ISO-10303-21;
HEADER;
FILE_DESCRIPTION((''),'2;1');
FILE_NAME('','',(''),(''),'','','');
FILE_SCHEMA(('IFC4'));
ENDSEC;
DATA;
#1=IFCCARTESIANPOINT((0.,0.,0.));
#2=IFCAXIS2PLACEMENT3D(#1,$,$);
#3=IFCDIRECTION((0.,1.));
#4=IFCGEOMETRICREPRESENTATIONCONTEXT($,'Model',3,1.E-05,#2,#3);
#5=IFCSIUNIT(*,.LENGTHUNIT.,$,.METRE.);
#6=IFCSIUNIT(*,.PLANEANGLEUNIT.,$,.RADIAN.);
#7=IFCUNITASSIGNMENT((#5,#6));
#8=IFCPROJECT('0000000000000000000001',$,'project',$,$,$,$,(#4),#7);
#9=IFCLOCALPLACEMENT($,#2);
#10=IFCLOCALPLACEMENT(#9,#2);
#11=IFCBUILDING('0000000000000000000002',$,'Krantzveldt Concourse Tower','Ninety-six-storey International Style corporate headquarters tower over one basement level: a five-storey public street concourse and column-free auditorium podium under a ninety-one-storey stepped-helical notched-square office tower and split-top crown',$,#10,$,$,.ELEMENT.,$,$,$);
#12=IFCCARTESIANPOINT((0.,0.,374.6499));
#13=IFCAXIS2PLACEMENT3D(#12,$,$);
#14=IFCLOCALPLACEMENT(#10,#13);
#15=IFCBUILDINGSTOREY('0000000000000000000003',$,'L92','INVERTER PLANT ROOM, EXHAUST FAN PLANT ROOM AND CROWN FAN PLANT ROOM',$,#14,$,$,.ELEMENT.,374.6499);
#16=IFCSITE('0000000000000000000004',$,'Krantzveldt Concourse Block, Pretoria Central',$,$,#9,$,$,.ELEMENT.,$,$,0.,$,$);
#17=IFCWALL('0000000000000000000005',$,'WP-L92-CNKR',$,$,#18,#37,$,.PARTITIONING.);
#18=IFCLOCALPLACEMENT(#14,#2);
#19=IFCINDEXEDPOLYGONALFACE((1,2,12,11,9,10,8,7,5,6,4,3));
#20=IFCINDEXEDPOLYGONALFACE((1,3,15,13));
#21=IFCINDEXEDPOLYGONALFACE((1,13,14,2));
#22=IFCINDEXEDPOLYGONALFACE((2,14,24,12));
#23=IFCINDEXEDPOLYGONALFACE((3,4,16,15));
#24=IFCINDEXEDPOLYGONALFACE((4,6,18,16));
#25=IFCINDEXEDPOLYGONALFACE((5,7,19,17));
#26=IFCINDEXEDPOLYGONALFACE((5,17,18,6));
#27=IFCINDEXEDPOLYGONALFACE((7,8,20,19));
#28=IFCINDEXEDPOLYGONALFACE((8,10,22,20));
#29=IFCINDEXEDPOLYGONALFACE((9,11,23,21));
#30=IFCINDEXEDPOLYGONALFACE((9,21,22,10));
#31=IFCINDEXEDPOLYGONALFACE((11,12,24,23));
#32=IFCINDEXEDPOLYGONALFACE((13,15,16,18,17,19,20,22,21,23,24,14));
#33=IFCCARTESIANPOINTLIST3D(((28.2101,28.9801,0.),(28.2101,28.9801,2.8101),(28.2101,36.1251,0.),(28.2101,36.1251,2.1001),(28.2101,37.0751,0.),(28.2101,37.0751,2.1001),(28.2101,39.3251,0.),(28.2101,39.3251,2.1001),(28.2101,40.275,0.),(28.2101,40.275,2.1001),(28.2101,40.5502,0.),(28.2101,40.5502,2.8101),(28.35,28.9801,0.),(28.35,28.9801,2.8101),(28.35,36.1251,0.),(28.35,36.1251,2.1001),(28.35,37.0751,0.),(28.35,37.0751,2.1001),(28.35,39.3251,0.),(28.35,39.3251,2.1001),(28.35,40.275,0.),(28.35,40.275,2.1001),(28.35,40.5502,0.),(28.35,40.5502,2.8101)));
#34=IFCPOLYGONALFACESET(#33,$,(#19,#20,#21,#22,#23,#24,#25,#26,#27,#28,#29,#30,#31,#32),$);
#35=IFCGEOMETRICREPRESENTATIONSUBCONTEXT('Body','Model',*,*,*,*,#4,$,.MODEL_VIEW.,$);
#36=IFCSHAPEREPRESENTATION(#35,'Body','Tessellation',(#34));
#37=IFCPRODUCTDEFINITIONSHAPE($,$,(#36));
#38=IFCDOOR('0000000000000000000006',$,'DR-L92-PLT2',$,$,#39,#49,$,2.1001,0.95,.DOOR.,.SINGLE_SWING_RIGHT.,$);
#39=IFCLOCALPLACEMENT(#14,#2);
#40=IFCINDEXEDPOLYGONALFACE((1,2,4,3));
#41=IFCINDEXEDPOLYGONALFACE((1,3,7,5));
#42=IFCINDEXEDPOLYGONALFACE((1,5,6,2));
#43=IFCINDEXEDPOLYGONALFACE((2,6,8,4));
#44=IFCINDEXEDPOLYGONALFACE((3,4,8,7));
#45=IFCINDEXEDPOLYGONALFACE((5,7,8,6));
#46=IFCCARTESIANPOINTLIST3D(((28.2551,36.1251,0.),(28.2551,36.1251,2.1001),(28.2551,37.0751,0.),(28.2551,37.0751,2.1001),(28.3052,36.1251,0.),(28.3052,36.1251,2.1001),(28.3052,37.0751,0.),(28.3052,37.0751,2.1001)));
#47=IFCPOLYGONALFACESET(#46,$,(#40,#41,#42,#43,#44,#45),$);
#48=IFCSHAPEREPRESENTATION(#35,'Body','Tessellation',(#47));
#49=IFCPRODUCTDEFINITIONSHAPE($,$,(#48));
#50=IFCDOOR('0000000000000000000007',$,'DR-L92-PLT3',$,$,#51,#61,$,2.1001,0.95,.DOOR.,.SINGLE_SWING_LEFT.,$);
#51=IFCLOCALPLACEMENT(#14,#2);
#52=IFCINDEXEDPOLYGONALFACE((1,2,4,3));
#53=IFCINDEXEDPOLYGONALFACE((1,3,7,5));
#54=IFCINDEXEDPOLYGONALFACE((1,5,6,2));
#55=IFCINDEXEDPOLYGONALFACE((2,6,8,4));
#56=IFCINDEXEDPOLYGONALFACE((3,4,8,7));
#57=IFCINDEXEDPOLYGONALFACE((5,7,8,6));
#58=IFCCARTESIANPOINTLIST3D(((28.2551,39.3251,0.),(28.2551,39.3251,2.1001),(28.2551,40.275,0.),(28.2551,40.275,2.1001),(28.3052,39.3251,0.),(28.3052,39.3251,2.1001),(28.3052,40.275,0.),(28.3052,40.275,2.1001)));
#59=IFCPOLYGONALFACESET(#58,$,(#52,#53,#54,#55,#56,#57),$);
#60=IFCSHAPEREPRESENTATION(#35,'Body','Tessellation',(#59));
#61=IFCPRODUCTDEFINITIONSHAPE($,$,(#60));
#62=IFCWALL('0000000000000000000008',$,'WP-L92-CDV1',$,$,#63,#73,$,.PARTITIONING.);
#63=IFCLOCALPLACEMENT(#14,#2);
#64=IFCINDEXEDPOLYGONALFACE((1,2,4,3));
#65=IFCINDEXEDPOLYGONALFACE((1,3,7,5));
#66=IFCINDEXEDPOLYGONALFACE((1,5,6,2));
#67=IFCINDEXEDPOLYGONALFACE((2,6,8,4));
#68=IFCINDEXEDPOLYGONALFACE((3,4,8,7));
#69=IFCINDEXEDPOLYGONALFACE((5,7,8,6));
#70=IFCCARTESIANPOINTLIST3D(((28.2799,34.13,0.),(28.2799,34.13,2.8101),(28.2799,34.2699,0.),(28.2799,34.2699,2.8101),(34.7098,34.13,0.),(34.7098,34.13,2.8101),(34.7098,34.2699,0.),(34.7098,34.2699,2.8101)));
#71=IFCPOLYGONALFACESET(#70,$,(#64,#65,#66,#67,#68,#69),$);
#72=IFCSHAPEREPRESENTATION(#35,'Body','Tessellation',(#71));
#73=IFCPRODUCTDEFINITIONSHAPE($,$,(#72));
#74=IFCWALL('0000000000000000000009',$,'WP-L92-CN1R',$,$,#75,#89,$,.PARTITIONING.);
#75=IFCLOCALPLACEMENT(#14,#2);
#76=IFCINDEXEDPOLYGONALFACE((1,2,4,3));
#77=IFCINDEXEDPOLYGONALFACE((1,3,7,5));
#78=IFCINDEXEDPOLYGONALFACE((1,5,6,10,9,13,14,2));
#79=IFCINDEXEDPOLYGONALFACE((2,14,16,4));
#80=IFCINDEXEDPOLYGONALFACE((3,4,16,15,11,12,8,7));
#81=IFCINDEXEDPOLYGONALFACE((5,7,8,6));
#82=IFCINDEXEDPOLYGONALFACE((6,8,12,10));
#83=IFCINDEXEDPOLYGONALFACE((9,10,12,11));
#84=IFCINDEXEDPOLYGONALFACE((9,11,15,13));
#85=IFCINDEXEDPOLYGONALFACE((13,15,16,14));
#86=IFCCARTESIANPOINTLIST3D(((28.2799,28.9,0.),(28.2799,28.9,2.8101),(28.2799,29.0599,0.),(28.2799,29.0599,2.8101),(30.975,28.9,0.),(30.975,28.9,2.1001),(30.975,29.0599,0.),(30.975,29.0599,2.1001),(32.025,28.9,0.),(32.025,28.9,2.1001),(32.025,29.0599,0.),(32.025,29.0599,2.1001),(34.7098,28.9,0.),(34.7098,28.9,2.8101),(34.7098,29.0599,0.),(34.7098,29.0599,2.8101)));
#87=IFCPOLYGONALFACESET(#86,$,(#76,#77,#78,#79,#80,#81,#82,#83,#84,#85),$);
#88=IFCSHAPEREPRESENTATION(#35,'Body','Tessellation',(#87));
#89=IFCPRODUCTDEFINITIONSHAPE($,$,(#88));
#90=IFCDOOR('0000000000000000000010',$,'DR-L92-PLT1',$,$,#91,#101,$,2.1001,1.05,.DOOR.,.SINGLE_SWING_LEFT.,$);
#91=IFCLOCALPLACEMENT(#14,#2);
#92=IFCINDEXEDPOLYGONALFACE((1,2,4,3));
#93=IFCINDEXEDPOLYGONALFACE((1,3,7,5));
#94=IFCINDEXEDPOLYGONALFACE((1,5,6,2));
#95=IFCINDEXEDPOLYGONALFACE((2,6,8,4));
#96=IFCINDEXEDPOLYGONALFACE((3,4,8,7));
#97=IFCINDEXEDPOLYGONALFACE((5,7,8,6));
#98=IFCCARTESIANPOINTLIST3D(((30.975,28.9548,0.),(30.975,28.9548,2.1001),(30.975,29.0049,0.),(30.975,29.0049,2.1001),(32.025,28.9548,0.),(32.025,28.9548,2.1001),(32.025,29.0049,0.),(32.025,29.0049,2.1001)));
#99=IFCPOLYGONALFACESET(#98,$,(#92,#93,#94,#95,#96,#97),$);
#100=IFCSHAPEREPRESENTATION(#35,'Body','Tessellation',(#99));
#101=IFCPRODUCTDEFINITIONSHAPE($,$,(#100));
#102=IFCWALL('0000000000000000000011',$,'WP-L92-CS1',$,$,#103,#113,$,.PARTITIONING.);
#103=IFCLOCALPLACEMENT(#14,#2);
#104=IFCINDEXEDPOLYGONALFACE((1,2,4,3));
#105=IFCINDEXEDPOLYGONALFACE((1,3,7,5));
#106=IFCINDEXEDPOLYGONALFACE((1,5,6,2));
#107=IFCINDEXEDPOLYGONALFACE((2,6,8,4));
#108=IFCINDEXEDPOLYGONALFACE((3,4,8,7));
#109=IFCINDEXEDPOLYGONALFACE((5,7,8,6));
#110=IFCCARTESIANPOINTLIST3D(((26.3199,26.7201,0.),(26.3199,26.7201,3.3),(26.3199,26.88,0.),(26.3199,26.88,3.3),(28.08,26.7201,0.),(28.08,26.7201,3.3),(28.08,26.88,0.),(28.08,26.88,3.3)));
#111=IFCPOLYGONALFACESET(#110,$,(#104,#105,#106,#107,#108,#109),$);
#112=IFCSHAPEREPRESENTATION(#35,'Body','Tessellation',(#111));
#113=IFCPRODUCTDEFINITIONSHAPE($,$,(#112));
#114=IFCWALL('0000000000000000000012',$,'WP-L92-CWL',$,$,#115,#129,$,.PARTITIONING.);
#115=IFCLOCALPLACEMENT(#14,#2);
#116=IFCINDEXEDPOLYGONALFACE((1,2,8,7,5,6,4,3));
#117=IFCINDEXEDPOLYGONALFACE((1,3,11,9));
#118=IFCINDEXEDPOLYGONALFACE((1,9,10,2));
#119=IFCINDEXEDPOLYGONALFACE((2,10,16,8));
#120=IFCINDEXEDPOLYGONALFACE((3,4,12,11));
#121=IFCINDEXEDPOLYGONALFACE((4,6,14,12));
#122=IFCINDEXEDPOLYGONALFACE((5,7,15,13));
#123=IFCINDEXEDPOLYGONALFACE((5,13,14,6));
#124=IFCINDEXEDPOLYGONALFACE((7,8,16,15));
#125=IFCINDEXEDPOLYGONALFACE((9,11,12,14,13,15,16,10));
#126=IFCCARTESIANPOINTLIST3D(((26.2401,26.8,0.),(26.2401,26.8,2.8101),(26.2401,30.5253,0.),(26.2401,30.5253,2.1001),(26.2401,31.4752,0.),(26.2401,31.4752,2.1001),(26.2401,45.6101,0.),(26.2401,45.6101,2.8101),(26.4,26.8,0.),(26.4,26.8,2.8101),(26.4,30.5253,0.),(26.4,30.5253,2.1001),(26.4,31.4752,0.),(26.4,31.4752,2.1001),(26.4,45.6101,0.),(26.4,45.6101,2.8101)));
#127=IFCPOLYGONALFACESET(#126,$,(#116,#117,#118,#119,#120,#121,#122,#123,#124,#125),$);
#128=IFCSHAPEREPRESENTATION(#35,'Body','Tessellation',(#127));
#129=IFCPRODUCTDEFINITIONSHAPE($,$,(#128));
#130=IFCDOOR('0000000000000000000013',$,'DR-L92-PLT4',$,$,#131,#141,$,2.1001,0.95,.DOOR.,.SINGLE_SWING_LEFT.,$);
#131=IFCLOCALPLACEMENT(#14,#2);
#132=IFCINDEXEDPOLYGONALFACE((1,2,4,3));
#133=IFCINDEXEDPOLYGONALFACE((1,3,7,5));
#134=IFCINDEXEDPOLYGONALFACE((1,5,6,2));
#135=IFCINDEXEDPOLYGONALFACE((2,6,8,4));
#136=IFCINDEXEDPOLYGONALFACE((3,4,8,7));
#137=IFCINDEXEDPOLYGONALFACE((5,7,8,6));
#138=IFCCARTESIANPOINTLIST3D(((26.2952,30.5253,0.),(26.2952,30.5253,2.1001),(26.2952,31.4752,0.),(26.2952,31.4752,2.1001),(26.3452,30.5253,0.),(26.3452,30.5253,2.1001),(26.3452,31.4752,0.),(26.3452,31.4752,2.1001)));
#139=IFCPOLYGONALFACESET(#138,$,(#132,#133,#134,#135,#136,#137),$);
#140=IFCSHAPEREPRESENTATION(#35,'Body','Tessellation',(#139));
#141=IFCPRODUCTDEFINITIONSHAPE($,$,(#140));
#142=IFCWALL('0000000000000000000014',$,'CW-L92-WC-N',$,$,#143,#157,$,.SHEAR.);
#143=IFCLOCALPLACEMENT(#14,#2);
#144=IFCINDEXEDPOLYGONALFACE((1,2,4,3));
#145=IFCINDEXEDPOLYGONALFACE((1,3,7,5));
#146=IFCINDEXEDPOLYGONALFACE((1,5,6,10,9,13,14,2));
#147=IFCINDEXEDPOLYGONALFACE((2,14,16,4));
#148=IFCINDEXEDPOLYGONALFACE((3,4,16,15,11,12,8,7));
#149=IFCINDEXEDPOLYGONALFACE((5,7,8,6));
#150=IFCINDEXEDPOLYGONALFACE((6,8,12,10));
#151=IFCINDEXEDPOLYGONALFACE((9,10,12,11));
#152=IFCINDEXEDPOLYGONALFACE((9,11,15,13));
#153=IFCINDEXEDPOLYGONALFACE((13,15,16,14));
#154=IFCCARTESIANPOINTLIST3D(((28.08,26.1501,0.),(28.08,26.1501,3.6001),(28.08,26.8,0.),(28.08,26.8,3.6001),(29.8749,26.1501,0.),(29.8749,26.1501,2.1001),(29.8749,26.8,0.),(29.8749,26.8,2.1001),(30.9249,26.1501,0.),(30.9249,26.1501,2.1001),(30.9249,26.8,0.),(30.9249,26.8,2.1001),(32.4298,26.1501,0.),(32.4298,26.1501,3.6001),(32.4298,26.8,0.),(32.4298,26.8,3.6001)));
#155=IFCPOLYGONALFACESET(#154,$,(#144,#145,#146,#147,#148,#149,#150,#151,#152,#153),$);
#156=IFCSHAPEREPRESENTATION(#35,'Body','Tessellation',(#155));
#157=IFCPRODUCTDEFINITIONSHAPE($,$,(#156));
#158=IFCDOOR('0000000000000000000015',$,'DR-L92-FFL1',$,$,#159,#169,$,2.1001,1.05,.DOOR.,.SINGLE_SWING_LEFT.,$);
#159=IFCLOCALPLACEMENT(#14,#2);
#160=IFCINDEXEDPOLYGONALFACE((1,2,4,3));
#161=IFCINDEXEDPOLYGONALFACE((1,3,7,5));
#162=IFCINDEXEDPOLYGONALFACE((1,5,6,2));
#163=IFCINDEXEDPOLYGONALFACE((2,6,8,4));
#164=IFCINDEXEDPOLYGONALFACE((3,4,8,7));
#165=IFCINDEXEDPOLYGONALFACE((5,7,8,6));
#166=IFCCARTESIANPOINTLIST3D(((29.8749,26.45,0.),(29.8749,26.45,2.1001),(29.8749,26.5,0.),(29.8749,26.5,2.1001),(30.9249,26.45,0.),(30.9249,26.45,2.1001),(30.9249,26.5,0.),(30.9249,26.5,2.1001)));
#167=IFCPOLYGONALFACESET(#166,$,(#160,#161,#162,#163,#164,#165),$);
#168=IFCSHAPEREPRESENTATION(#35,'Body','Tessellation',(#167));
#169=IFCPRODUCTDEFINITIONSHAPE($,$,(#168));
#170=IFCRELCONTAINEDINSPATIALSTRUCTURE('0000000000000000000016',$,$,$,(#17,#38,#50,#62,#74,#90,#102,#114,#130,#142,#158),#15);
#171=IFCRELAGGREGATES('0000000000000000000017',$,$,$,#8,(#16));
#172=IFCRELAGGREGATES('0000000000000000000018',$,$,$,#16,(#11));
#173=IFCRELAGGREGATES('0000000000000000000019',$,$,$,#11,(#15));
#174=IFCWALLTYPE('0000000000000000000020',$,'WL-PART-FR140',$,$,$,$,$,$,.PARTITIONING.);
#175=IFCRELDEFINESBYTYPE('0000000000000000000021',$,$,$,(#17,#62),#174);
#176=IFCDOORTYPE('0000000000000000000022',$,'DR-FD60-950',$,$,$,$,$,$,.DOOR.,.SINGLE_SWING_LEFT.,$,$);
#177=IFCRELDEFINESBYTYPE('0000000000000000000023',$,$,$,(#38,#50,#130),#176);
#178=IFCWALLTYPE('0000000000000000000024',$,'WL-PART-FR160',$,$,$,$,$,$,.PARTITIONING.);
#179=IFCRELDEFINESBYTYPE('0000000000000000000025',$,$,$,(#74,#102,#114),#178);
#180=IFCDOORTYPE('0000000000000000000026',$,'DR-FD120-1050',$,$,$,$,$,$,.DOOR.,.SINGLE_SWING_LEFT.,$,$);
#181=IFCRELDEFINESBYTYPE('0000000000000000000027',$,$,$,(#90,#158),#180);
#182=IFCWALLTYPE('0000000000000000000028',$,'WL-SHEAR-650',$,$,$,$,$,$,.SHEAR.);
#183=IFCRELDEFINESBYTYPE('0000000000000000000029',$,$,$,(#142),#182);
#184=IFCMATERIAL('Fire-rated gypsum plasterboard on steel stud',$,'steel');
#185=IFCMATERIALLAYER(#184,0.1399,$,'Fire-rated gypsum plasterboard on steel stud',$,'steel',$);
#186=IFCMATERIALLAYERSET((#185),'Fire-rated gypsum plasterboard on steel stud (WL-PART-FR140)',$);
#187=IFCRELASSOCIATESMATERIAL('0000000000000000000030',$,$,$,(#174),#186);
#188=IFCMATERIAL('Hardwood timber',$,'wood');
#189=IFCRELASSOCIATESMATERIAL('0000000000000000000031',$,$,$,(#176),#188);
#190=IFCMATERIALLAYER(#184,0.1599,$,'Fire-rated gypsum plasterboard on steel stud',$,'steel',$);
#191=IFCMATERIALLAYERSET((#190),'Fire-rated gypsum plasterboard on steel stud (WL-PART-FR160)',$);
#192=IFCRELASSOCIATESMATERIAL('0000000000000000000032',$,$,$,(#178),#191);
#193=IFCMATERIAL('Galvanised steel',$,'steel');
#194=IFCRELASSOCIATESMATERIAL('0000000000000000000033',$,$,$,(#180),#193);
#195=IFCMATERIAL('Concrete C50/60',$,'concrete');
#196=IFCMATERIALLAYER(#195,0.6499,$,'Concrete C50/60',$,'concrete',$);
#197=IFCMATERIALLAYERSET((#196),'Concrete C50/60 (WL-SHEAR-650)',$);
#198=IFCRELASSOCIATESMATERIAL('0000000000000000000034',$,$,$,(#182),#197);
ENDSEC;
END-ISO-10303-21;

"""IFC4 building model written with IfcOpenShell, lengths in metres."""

from ifc_helpers import new_model, si_unit, direction, frame, frame_2d, origin, place, context, subcontext, project, spatial, rectangle, extrude, material, layer, layer_set, type_object, element, fill, save


model = new_model("IFC4")

# Units and contexts
model_context = context("Model", 3, precision=1e-05, world=origin(), true_north=direction((0.0, 1.0)))
body_context = subcontext(model_context, "Body", "Model", "MODEL_VIEW")
ifc_project = project(units=[si_unit("LENGTHUNIT", "METRE"), si_unit("PLANEANGLEUNIT", "RADIAN")], contexts=[model_context])

# Site, building, storey
site_placement = place(None, origin())
site = spatial("IfcSite", under=ifc_project, at=site_placement, Name="Krantzveldt Concourse Block, Pretoria Central", CompositionType="ELEMENT", RefElevation=0.0)
building_placement = place(site_placement, origin())
building = spatial("IfcBuilding", under=site, at=building_placement, Name="Krantzveldt Concourse Tower", Description="Ninety-six-storey International Style corporate headquarters tower over one basement level: a five-storey public street concourse and column-free auditorium podium under a ninety-one-storey stepped-helical notched-square office tower and split-top crown", CompositionType="ELEMENT")
storey_placement = place(building_placement, frame((0.0, 0.0, 374.6499)))
storey = spatial("IfcBuildingStorey", under=building, at=storey_placement, Name="L92", Description="INVERTER PLANT ROOM, EXHAUST FAN PLANT ROOM AND CROWN FAN PLANT ROOM", CompositionType="ELEMENT", Elevation=374.6499)

# Shared definitions
ifc_material_1 = material(Name="Fire-rated gypsum plasterboard on steel stud", Category="steel")
ifc_layer_1 = layer(ifc_material_1, 0.1399, Name="Fire-rated gypsum plasterboard on steel stud", Category="steel")
ifc_layer_set_1 = layer_set([ifc_layer_1], Name="Fire-rated gypsum plasterboard on steel stud (WL-PART-FR140)")
wall_type_1 = type_object("IfcWallType", Name="WL-PART-FR140", PredefinedType="PARTITIONING", material=ifc_layer_set_1)

# Wall, openings, doors
wall_1_placement = place(storey_placement, frame((28.28, 28.98, 0.0), z_axis=(0.0, 0.0, 1.0), x_axis=(0.0, 1.0, 0.0)))
wall_1 = element("IfcWall", 1, at=wall_1_placement, inside=storey, type_object=wall_type_1, Name="WP-L92-CNKR", PredefinedType="PARTITIONING", context=body_context, shape_type="SweptSolid", body=[
    extrude(rectangle(XDim=11.5701, YDim=0.1399, at=frame_2d((5.7852, 0.0))), origin(), (0.0, 0.0, 1.0), 2.8101),
])
opening_1_placement = place(wall_1_placement, frame((7.145, 0.0, 0.0)))
opening_1 = element("IfcOpeningElement", 2, at=opening_1_placement, cuts=wall_1, PredefinedType="OPENING", context=body_context, shape_type="SweptSolid", body=[
    extrude(rectangle(XDim=0.95, YDim=2.1001, at=frame_2d((0.4751, 1.05))), frame((0.0, 0.0801, 0.0), z_axis=(0.0, -1.0, 0.0), x_axis=(1.0, 0.0, 0.0)), (0.0, 0.0, 1.0), 0.1599),
])
opening_2_placement = place(wall_1_placement, frame((10.345, 0.0, 0.0)))
opening_2 = element("IfcOpeningElement", 3, at=opening_2_placement, cuts=wall_1, PredefinedType="OPENING", context=body_context, shape_type="SweptSolid", body=[
    extrude(rectangle(XDim=0.95, YDim=2.1001, at=frame_2d((0.4751, 1.05))), frame((0.0, 0.0801, 0.0), z_axis=(0.0, -1.0, 0.0), x_axis=(1.0, 0.0, 0.0)), (0.0, 0.0, 1.0), 0.1599),
])
ifc_material_2 = material(Name="Hardwood timber", Category="wood")
door_type_1 = type_object("IfcDoorType", Name="DR-FD60-950", OperationType="SINGLE_SWING_LEFT", PredefinedType="DOOR", material=ifc_material_2)
door_1_placement = place(opening_1_placement, origin())
door_1 = element("IfcDoor", 4, at=door_1_placement, inside=storey, type_object=door_type_1, Name="DR-L92-PLT2", OperationType="SINGLE_SWING_RIGHT", OverallHeight=2.1001, OverallWidth=0.95, PredefinedType="DOOR", context=body_context, shape_type="SweptSolid", body=[
    extrude(rectangle(XDim=0.95, YDim=2.1001, at=frame_2d((0.4751, 1.05))), frame((0.0, 0.0249, 0.0), z_axis=(0.0, -1.0, 0.0), x_axis=(1.0, 0.0, 0.0)), (0.0, 0.0, 1.0), 0.05),
])
fill(opening_1, door_1)
door_2_placement = place(opening_2_placement, origin())
door_2 = element("IfcDoor", 5, at=door_2_placement, inside=storey, type_object=door_type_1, Name="DR-L92-PLT3", OperationType="SINGLE_SWING_LEFT", OverallHeight=2.1001, OverallWidth=0.95, PredefinedType="DOOR", context=body_context, shape_type="SweptSolid", body=[
    extrude(rectangle(XDim=0.95, YDim=2.1001, at=frame_2d((0.4751, 1.05))), frame((0.0, 0.0249, 0.0), z_axis=(0.0, -1.0, 0.0), x_axis=(1.0, 0.0, 0.0)), (0.0, 0.0, 1.0), 0.05),
])
fill(opening_2, door_2)

# Wall
wall_2_placement = place(storey_placement, frame((28.28, 34.2, 0.0), z_axis=(0.0, 0.0, 1.0), x_axis=(1.0, 0.0, 0.0)))
element("IfcWall", 6, at=wall_2_placement, inside=storey, type_object=wall_type_1, Name="WP-L92-CDV1", PredefinedType="PARTITIONING", context=body_context, shape_type="SweptSolid", body=[
    extrude(rectangle(XDim=6.4299, YDim=0.1399, at=frame_2d((3.2148, 0.0))), origin(), (0.0, 0.0, 1.0), 2.8101),
])

# Wall, opening, door
ifc_layer_2 = layer(ifc_material_1, 0.1599, Name="Fire-rated gypsum plasterboard on steel stud", Category="steel")
ifc_layer_set_2 = layer_set([ifc_layer_2], Name="Fire-rated gypsum plasterboard on steel stud (WL-PART-FR160)")
wall_type_2 = type_object("IfcWallType", Name="WL-PART-FR160", PredefinedType="PARTITIONING", material=ifc_layer_set_2)
wall_3_placement = place(storey_placement, frame((28.28, 28.98, 0.0), z_axis=(0.0, 0.0, 1.0), x_axis=(1.0, 0.0, 0.0)))
wall_3 = element("IfcWall", 7, at=wall_3_placement, inside=storey, type_object=wall_type_2, Name="WP-L92-CN1R", PredefinedType="PARTITIONING", context=body_context, shape_type="SweptSolid", body=[
    extrude(rectangle(XDim=6.4299, YDim=0.1599, at=frame_2d((3.2148, 0.0))), origin(), (0.0, 0.0, 1.0), 2.8101),
])
opening_3_placement = place(wall_3_placement, frame((2.6951, 0.0, 0.0)))
opening_3 = element("IfcOpeningElement", 8, at=opening_3_placement, cuts=wall_3, PredefinedType="OPENING", context=body_context, shape_type="SweptSolid", body=[
    extrude(rectangle(XDim=1.05, YDim=2.1001, at=frame_2d((0.5249, 1.05))), frame((0.0, 0.0898, 0.0), z_axis=(0.0, -1.0, 0.0), x_axis=(1.0, 0.0, 0.0)), (0.0, 0.0, 1.0), 0.1799),
])
ifc_material_3 = material(Name="Galvanised steel", Category="steel")
door_type_2 = type_object("IfcDoorType", Name="DR-FD120-1050", OperationType="SINGLE_SWING_LEFT", PredefinedType="DOOR", material=ifc_material_3)
door_3_placement = place(opening_3_placement, origin())
door_3 = element("IfcDoor", 9, at=door_3_placement, inside=storey, type_object=door_type_2, Name="DR-L92-PLT1", OperationType="SINGLE_SWING_LEFT", OverallHeight=2.1001, OverallWidth=1.05, PredefinedType="DOOR", context=body_context, shape_type="SweptSolid", body=[
    extrude(rectangle(XDim=1.05, YDim=2.1001, at=frame_2d((0.5249, 1.05))), frame((0.0, 0.0249, 0.0), z_axis=(0.0, -1.0, 0.0), x_axis=(1.0, 0.0, 0.0)), (0.0, 0.0, 1.0), 0.05),
])
fill(opening_3, door_3)

# Wall
wall_4_placement = place(storey_placement, frame((26.3201, 26.8, 0.0), z_axis=(0.0, 0.0, 1.0), x_axis=(1.0, 0.0, 0.0)))
element("IfcWall", 10, at=wall_4_placement, inside=storey, type_object=wall_type_2, Name="WP-L92-CS1", PredefinedType="PARTITIONING", context=body_context, shape_type="SweptSolid", body=[
    extrude(rectangle(XDim=1.76, YDim=0.1599, at=frame_2d((0.8799, 0.0))), origin(), (0.0, 0.0, 1.0), 3.3),
])

# Walls, openings, doors
wall_5_placement = place(storey_placement, frame((26.3201, 26.8, 0.0), z_axis=(0.0, 0.0, 1.0), x_axis=(0.0, 1.0, 0.0)))
wall_5 = element("IfcWall", 11, at=wall_5_placement, inside=storey, type_object=wall_type_2, Name="WP-L92-CWL", PredefinedType="PARTITIONING", context=body_context, shape_type="SweptSolid", body=[
    extrude(rectangle(XDim=18.8101, YDim=0.1599, at=frame_2d((9.405, 0.0))), origin(), (0.0, 0.0, 1.0), 2.8101),
])
opening_4_placement = place(wall_5_placement, frame((3.7251, 0.0, 0.0)))
opening_4 = element("IfcOpeningElement", 12, at=opening_4_placement, cuts=wall_5, PredefinedType="OPENING", context=body_context, shape_type="SweptSolid", body=[
    extrude(rectangle(XDim=0.95, YDim=2.1001, at=frame_2d((0.4751, 1.05))), frame((0.0, 0.0898, 0.0), z_axis=(0.0, -1.0, 0.0), x_axis=(1.0, 0.0, 0.0)), (0.0, 0.0, 1.0), 0.1799),
])
door_4_placement = place(opening_4_placement, origin())
door_4 = element("IfcDoor", 13, at=door_4_placement, inside=storey, type_object=door_type_1, Name="DR-L92-PLT4", OperationType="SINGLE_SWING_LEFT", OverallHeight=2.1001, OverallWidth=0.95, PredefinedType="DOOR", context=body_context, shape_type="SweptSolid", body=[
    extrude(rectangle(XDim=0.95, YDim=2.1001, at=frame_2d((0.4751, 1.05))), frame((0.0, 0.0249, 0.0), z_axis=(0.0, -1.0, 0.0), x_axis=(1.0, 0.0, 0.0)), (0.0, 0.0, 1.0), 0.05),
])
fill(opening_4, door_4)
ifc_material_4 = material(Name="Concrete C50/60", Category="concrete")
ifc_layer_3 = layer(ifc_material_4, 0.6499, Name="Concrete C50/60", Category="concrete")
ifc_layer_set_3 = layer_set([ifc_layer_3], Name="Concrete C50/60 (WL-SHEAR-650)")
wall_type_3 = type_object("IfcWallType", Name="WL-SHEAR-650", PredefinedType="SHEAR", material=ifc_layer_set_3)
wall_6_placement = place(storey_placement, frame((28.0801, 26.4751, 0.0), z_axis=(0.0, 0.0, 1.0), x_axis=(1.0, 0.0, 0.0)))
wall_6 = element("IfcWall", 14, at=wall_6_placement, inside=storey, type_object=wall_type_3, Name="CW-L92-WC-N", PredefinedType="SHEAR", context=body_context, shape_type="SweptSolid", body=[
    extrude(rectangle(XDim=4.3499, YDim=0.6499, at=frame_2d((2.1748, 0.0))), origin(), (0.0, 0.0, 1.0), 3.6001),
])
opening_5_placement = place(wall_6_placement, frame((1.7949, 0.0, 0.0)))
opening_5 = element("IfcOpeningElement", 15, at=opening_5_placement, cuts=wall_6, PredefinedType="OPENING", context=body_context, shape_type="SweptSolid", body=[
    extrude(rectangle(XDim=1.05, YDim=2.1001, at=frame_2d((0.5249, 1.05))), frame((0.0, 0.335, 0.0), z_axis=(0.0, -1.0, 0.0), x_axis=(1.0, 0.0, 0.0)), (0.0, 0.0, 1.0), 0.6699),
])
door_5_placement = place(opening_5_placement, origin())
door_5 = element("IfcDoor", 16, at=door_5_placement, inside=storey, type_object=door_type_2, Name="DR-L92-FFL1", OperationType="SINGLE_SWING_LEFT", OverallHeight=2.1001, OverallWidth=1.05, PredefinedType="DOOR", context=body_context, shape_type="SweptSolid", body=[
    extrude(rectangle(XDim=1.05, YDim=2.1001, at=frame_2d((0.5249, 1.05))), frame((0.0, 0.0249, 0.0), z_axis=(0.0, -1.0, 0.0), x_axis=(1.0, 0.0, 0.0)), (0.0, 0.0, 1.0), 0.05),
])
fill(opening_5, door_5)

save(model, "model.ifc")
